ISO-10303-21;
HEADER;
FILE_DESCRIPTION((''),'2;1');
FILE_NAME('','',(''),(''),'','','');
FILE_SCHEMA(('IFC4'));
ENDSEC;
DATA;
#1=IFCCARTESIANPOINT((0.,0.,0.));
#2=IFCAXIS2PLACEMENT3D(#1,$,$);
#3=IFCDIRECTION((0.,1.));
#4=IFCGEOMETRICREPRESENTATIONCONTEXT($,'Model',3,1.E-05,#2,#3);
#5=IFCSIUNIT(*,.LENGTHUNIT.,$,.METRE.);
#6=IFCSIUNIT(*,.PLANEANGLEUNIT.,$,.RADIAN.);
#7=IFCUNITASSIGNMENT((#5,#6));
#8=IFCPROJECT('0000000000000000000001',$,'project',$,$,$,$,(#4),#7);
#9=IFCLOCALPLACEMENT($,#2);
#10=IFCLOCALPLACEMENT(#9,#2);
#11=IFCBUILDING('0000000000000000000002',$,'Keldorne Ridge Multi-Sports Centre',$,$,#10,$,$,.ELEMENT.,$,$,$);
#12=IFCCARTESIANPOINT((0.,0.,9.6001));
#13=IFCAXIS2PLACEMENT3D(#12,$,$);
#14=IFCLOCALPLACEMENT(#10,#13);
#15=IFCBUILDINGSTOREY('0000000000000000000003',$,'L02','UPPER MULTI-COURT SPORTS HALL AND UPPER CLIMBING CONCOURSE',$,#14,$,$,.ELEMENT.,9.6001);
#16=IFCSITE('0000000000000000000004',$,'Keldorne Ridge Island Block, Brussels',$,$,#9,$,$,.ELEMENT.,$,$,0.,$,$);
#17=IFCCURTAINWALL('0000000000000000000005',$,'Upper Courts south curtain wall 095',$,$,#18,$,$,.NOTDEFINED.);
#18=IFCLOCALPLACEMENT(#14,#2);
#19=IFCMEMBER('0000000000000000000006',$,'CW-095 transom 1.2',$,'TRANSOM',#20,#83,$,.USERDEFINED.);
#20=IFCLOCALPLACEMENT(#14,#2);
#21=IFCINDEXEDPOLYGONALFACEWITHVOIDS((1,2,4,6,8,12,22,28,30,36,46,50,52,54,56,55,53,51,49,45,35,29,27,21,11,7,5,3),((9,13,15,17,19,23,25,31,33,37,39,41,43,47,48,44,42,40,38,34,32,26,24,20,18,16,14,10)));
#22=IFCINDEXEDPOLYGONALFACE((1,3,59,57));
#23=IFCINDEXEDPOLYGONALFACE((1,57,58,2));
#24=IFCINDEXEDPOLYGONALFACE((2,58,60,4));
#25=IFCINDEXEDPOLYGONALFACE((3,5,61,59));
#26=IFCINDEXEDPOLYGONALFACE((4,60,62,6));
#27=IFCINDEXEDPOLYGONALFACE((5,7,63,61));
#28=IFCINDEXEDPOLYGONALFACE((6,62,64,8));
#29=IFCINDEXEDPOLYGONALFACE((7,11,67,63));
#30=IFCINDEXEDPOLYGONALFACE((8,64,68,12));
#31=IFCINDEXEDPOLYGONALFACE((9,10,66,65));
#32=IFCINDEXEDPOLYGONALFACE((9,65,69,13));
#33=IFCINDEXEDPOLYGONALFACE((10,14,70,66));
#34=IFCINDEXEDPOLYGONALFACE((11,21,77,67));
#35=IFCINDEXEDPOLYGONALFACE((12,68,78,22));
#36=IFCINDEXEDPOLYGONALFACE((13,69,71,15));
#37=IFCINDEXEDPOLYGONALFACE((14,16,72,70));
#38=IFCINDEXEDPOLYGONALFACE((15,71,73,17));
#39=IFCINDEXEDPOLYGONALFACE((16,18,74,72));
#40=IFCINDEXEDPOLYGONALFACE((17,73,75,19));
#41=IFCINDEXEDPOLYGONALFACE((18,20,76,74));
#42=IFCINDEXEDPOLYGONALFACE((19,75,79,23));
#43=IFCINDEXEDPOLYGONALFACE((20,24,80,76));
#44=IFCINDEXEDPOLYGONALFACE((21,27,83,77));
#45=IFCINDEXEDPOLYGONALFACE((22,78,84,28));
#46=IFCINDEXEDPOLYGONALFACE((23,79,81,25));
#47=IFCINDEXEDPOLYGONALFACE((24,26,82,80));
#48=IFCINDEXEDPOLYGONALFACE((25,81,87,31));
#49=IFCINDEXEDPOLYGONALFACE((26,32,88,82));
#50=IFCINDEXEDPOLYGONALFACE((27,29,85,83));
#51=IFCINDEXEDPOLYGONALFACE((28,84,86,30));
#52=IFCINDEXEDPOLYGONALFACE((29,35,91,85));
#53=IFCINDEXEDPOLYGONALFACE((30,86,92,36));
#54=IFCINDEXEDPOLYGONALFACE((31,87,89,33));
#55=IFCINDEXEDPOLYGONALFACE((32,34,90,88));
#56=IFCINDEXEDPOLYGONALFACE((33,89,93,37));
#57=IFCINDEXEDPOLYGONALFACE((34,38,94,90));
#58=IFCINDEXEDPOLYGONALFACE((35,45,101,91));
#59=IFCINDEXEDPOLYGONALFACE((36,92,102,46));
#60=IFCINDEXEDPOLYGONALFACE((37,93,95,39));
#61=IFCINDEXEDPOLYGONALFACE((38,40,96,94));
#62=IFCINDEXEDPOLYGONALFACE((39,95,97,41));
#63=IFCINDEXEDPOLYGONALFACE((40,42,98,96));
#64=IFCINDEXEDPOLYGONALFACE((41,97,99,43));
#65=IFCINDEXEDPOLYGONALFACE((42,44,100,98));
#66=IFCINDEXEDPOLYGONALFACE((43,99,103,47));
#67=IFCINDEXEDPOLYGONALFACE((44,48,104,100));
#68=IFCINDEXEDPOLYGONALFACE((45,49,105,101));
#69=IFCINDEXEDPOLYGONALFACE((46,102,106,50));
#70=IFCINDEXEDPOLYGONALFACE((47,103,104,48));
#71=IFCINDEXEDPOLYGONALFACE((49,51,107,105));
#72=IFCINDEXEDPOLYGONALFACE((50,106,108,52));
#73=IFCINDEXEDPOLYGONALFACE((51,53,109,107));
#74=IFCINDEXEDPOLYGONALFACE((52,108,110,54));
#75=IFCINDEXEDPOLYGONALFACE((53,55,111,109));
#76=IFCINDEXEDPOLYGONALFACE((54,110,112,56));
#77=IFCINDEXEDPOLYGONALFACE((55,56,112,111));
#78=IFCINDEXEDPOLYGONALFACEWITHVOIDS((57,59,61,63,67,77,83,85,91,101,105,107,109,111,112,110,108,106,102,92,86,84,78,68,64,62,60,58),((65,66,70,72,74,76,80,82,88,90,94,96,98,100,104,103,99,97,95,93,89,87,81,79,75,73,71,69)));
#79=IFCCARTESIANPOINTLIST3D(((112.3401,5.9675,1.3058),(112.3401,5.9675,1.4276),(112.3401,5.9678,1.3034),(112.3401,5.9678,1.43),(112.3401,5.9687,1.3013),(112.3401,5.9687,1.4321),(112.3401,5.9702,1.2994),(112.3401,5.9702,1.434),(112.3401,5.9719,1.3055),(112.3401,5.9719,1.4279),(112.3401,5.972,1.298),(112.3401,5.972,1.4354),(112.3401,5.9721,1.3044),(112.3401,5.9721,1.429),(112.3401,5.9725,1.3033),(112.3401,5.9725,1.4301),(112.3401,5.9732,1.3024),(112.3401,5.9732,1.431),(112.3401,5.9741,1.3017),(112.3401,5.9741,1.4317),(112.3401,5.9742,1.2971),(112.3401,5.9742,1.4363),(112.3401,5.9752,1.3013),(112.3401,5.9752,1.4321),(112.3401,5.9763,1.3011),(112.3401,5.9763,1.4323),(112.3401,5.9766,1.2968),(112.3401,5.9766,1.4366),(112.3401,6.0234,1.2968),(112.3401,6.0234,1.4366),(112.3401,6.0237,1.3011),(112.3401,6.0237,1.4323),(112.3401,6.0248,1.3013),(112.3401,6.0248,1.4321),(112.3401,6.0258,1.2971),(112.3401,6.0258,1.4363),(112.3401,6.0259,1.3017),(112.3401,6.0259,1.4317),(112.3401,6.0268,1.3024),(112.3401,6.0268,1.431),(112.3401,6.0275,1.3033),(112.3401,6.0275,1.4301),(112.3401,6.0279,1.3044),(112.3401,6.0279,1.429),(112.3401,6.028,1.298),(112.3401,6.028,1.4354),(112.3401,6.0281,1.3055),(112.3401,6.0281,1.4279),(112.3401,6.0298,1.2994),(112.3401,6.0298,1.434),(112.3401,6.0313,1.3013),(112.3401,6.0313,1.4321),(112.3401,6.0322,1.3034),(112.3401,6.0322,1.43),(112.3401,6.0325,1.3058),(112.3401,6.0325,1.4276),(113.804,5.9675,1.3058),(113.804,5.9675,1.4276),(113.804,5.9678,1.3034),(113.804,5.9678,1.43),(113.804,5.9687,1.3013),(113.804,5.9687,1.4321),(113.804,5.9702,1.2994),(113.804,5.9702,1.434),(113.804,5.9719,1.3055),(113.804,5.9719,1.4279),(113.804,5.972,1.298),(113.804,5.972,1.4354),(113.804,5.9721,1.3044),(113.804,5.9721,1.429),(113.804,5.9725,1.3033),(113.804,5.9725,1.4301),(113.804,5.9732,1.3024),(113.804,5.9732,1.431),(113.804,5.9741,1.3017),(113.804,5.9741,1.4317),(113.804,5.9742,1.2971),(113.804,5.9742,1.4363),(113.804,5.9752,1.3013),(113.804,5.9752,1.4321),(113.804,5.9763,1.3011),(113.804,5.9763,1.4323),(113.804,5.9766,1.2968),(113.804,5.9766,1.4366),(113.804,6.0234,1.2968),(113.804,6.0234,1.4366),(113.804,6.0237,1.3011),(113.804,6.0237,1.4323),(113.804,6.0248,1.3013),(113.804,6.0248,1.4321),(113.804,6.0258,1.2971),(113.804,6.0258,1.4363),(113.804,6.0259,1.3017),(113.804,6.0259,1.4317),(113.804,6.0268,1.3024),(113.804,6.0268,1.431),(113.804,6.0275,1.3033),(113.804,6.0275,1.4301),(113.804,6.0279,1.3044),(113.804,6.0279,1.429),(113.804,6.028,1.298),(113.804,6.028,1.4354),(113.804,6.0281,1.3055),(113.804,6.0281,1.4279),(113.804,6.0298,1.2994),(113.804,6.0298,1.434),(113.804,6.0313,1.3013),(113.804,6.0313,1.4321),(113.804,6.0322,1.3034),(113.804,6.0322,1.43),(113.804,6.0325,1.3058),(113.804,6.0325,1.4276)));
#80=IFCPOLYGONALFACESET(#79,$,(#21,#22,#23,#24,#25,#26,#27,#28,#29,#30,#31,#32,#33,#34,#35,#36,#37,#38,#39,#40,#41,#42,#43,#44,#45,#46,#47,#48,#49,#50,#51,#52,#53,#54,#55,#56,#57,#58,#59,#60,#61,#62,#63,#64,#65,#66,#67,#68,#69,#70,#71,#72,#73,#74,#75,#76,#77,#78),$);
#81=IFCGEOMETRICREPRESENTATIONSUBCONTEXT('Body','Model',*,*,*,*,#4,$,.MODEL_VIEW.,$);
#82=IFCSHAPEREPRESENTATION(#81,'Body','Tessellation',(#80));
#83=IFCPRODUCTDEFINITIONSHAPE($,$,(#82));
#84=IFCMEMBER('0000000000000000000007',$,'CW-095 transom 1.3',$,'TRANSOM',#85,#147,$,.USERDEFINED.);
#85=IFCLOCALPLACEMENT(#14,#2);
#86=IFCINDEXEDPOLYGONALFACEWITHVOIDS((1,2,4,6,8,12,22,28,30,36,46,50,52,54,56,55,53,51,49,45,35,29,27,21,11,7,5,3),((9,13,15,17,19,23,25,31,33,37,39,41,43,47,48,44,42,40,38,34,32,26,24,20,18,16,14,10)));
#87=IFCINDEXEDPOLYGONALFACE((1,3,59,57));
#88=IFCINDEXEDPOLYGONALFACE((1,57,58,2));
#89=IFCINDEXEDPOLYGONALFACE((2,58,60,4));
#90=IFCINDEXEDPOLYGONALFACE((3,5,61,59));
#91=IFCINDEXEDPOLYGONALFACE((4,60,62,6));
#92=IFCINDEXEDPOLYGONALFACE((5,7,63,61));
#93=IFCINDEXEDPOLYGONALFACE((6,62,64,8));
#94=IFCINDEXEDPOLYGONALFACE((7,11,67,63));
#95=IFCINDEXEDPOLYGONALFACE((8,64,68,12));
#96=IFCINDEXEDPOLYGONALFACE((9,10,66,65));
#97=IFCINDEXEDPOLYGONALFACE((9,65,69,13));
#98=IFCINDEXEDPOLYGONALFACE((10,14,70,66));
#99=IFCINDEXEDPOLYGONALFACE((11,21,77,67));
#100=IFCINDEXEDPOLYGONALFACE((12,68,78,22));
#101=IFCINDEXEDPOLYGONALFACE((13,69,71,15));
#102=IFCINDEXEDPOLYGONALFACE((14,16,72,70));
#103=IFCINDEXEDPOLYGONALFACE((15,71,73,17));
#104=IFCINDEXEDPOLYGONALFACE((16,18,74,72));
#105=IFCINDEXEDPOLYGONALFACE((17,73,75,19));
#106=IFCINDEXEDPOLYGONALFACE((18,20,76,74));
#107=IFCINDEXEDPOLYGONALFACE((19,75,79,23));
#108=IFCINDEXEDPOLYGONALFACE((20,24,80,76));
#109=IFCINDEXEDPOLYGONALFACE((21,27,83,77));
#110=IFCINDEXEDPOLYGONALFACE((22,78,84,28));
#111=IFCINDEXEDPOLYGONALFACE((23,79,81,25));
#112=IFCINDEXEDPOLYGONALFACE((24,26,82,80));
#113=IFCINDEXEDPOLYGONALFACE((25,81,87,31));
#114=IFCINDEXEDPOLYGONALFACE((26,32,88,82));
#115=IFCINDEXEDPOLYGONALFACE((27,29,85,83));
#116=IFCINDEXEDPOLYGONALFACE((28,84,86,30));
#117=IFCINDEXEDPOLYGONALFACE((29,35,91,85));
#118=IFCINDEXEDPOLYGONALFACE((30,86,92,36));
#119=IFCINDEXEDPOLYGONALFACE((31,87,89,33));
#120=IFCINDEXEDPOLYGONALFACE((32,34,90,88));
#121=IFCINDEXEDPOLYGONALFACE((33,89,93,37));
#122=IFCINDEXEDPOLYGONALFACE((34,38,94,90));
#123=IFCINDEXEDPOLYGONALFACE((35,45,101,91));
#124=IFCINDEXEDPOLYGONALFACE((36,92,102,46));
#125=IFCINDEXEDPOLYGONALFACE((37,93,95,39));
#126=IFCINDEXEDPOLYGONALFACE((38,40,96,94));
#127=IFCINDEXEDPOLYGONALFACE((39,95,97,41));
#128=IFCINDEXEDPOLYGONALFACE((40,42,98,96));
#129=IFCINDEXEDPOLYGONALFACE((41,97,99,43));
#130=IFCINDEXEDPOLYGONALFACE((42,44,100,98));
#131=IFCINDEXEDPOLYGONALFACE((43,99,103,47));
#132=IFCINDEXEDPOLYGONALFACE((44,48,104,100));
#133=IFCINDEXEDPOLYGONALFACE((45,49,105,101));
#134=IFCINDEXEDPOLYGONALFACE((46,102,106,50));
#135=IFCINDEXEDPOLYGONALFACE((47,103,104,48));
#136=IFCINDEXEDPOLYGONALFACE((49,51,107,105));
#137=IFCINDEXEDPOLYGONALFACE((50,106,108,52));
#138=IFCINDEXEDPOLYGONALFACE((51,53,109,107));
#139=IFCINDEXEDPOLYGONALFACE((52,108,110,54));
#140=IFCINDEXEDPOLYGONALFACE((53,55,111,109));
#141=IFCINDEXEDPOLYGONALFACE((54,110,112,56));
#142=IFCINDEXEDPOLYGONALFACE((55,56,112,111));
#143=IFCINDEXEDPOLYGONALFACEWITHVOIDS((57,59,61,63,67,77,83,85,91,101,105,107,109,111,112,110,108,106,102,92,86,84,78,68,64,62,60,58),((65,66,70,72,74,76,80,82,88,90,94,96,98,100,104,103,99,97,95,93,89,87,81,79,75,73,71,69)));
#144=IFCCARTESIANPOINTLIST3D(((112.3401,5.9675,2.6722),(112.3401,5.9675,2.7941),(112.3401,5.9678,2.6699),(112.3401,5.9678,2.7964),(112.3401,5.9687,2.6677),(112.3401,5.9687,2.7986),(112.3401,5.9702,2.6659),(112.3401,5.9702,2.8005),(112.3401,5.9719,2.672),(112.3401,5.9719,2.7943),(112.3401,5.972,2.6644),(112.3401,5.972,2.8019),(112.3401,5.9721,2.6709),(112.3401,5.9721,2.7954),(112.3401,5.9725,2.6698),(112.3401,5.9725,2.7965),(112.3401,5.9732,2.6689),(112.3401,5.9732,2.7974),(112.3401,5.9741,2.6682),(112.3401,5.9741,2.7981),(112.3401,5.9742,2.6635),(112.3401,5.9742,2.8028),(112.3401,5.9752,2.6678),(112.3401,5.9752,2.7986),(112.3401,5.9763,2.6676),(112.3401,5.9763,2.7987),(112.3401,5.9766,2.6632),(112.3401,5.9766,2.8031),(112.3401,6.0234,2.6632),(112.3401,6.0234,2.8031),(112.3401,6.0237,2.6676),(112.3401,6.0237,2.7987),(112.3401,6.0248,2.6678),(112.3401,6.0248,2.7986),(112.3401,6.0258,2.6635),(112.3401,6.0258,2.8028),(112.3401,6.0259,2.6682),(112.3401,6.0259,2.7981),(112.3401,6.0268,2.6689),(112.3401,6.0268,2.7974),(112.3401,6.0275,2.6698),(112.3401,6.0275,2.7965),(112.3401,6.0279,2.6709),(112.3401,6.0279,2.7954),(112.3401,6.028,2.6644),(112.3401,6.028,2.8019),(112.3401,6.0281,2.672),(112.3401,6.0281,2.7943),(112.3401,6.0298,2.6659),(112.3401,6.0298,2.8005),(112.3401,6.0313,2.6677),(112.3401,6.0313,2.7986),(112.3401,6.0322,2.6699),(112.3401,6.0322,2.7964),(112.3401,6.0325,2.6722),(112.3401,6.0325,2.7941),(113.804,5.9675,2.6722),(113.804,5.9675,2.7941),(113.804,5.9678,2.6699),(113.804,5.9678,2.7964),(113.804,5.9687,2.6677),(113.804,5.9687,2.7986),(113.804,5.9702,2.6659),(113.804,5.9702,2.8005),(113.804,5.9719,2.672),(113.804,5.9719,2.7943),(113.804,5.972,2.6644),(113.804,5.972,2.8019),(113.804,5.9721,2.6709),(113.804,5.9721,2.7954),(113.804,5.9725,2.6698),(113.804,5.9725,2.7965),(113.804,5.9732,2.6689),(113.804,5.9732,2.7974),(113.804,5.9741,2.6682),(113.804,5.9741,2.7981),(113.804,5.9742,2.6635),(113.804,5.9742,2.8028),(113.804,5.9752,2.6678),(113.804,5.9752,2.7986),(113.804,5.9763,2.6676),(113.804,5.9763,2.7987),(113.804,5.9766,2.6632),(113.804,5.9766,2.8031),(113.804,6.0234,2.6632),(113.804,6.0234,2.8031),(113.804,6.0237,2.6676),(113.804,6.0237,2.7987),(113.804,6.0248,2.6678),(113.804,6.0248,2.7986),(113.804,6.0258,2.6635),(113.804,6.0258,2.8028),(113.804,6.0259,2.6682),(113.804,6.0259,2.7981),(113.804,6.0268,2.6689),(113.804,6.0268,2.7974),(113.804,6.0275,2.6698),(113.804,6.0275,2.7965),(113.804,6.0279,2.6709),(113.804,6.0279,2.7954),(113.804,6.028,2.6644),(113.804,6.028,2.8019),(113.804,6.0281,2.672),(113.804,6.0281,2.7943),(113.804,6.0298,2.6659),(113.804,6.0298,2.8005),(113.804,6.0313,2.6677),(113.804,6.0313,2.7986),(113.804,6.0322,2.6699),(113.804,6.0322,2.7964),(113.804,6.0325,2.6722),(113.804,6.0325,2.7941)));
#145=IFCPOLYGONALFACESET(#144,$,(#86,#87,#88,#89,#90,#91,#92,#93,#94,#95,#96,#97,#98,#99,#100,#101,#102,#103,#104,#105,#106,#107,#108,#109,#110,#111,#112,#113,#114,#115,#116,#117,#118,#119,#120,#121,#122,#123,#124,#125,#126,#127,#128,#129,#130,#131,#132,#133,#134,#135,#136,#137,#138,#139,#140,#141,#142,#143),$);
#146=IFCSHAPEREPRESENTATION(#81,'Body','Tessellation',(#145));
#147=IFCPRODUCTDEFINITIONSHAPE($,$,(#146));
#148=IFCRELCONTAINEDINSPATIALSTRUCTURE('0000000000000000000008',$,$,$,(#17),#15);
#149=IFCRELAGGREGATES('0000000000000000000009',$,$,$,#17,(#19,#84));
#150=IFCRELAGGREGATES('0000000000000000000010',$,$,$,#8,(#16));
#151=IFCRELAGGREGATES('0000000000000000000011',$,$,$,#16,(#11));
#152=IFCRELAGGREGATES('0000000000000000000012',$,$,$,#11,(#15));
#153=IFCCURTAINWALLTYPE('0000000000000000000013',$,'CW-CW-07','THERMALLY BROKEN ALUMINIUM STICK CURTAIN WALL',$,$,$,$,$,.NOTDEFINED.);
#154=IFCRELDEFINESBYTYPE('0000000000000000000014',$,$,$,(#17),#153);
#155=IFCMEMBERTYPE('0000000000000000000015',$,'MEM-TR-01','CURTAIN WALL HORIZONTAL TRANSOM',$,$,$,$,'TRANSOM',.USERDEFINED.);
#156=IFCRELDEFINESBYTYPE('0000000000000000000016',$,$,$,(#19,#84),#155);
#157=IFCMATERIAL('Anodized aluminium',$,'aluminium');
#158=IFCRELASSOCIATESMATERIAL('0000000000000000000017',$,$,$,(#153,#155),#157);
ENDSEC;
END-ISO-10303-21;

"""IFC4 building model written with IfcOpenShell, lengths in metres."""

from ifc_helpers import new_model, si_unit, direction, frame, origin, origin_2d, place, context, subcontext, project, spatial, hollow_rectangle, extrude, material, material_profile, profile_set, type_object, element, aggregate, save


model = new_model("IFC4")

# Units and contexts
model_context = context("Model", 3, precision=1e-05, world=origin(), true_north=direction((0.0, 1.0)))
body_context = subcontext(model_context, "Body", "Model", "MODEL_VIEW")
ifc_project = project(units=[si_unit("LENGTHUNIT", "METRE"), si_unit("PLANEANGLEUNIT", "RADIAN")], contexts=[model_context])

# Site, building, storey
site_placement = place(None, origin())
site = spatial("IfcSite", under=ifc_project, at=site_placement, Name="Keldorne Ridge Island Block, Brussels", CompositionType="ELEMENT", RefElevation=0.0)
building_placement = place(site_placement, origin())
building = spatial("IfcBuilding", under=site, at=building_placement, Name="Keldorne Ridge Multi-Sports Centre", CompositionType="ELEMENT")
storey_placement = place(building_placement, frame((0.0, 0.0, 9.6001)))
storey = spatial("IfcBuildingStorey", under=building, at=storey_placement, Name="L02", Description="UPPER MULTI-COURT SPORTS HALL AND UPPER CLIMBING CONCOURSE", CompositionType="ELEMENT", Elevation=9.6001)

# Curtain wall, members
ifc_material_1 = material(Name="Anodized aluminium", Category="aluminium")
curtain_wall_type = type_object("IfcCurtainWallType", Name="CW-CW-07", Description="THERMALLY BROKEN ALUMINIUM STICK CURTAIN WALL", PredefinedType="NOTDEFINED", material=ifc_material_1)
curtain_wall_placement = place(storey_placement, origin())
curtain_wall = element("IfcCurtainWall", 1, at=curtain_wall_placement, inside=storey, type_object=curtain_wall_type, Name="Upper Courts south curtain wall 095", PredefinedType="NOTDEFINED")
ifc_material_profile_1 = material_profile(ifc_material_1, hollow_rectangle(XDim=0.0649, YDim=0.1399, WallThickness=0.0044, InnerFilletRadius=0.0044, OuterFilletRadius=0.009, at=origin_2d()), Name="ALU TRANSOM 140x65x4.5")
ifc_profile_set_1 = profile_set([ifc_material_profile_1], Name="Anodized aluminium")
member_type_1 = type_object("IfcMemberType", Name="MEM-TR-01", Description="CURTAIN WALL HORIZONTAL TRANSOM", ElementType="TRANSOM", PredefinedType="USERDEFINED", material=ifc_profile_set_1)
member_1_placement = place(storey_placement, frame((112.3401, 6.0, 1.3667), z_axis=(1.0, 0.0, 0.0), x_axis=(0.0, 1.0, 0.0)))
member_1 = element("IfcMember", 2, at=member_1_placement, type_object=member_type_1, Name="CW-095 transom 1.2", ObjectType="TRANSOM", PredefinedType="USERDEFINED", context=body_context, shape_type="SweptSolid", body=[
    extrude(hollow_rectangle(XDim=0.0649, YDim=0.1399, WallThickness=0.0044, InnerFilletRadius=0.0044, OuterFilletRadius=0.009, at=origin_2d()), origin(), (0.0, 0.0, 1.0), 1.4639),
])
member_2_placement = place(storey_placement, frame((112.3401, 6.0, 2.7332), z_axis=(1.0, 0.0, 0.0), x_axis=(0.0, 1.0, 0.0)))
member_2 = element("IfcMember", 3, at=member_2_placement, type_object=member_type_1, Name="CW-095 transom 1.3", ObjectType="TRANSOM", PredefinedType="USERDEFINED", context=body_context, shape_type="SweptSolid", body=[
    extrude(hollow_rectangle(XDim=0.0649, YDim=0.1399, WallThickness=0.0044, InnerFilletRadius=0.0044, OuterFilletRadius=0.009, at=origin_2d()), origin(), (0.0, 0.0, 1.0), 1.4639),
])
aggregate(curtain_wall, [member_1, member_2])

save(model, "model.ifc")
